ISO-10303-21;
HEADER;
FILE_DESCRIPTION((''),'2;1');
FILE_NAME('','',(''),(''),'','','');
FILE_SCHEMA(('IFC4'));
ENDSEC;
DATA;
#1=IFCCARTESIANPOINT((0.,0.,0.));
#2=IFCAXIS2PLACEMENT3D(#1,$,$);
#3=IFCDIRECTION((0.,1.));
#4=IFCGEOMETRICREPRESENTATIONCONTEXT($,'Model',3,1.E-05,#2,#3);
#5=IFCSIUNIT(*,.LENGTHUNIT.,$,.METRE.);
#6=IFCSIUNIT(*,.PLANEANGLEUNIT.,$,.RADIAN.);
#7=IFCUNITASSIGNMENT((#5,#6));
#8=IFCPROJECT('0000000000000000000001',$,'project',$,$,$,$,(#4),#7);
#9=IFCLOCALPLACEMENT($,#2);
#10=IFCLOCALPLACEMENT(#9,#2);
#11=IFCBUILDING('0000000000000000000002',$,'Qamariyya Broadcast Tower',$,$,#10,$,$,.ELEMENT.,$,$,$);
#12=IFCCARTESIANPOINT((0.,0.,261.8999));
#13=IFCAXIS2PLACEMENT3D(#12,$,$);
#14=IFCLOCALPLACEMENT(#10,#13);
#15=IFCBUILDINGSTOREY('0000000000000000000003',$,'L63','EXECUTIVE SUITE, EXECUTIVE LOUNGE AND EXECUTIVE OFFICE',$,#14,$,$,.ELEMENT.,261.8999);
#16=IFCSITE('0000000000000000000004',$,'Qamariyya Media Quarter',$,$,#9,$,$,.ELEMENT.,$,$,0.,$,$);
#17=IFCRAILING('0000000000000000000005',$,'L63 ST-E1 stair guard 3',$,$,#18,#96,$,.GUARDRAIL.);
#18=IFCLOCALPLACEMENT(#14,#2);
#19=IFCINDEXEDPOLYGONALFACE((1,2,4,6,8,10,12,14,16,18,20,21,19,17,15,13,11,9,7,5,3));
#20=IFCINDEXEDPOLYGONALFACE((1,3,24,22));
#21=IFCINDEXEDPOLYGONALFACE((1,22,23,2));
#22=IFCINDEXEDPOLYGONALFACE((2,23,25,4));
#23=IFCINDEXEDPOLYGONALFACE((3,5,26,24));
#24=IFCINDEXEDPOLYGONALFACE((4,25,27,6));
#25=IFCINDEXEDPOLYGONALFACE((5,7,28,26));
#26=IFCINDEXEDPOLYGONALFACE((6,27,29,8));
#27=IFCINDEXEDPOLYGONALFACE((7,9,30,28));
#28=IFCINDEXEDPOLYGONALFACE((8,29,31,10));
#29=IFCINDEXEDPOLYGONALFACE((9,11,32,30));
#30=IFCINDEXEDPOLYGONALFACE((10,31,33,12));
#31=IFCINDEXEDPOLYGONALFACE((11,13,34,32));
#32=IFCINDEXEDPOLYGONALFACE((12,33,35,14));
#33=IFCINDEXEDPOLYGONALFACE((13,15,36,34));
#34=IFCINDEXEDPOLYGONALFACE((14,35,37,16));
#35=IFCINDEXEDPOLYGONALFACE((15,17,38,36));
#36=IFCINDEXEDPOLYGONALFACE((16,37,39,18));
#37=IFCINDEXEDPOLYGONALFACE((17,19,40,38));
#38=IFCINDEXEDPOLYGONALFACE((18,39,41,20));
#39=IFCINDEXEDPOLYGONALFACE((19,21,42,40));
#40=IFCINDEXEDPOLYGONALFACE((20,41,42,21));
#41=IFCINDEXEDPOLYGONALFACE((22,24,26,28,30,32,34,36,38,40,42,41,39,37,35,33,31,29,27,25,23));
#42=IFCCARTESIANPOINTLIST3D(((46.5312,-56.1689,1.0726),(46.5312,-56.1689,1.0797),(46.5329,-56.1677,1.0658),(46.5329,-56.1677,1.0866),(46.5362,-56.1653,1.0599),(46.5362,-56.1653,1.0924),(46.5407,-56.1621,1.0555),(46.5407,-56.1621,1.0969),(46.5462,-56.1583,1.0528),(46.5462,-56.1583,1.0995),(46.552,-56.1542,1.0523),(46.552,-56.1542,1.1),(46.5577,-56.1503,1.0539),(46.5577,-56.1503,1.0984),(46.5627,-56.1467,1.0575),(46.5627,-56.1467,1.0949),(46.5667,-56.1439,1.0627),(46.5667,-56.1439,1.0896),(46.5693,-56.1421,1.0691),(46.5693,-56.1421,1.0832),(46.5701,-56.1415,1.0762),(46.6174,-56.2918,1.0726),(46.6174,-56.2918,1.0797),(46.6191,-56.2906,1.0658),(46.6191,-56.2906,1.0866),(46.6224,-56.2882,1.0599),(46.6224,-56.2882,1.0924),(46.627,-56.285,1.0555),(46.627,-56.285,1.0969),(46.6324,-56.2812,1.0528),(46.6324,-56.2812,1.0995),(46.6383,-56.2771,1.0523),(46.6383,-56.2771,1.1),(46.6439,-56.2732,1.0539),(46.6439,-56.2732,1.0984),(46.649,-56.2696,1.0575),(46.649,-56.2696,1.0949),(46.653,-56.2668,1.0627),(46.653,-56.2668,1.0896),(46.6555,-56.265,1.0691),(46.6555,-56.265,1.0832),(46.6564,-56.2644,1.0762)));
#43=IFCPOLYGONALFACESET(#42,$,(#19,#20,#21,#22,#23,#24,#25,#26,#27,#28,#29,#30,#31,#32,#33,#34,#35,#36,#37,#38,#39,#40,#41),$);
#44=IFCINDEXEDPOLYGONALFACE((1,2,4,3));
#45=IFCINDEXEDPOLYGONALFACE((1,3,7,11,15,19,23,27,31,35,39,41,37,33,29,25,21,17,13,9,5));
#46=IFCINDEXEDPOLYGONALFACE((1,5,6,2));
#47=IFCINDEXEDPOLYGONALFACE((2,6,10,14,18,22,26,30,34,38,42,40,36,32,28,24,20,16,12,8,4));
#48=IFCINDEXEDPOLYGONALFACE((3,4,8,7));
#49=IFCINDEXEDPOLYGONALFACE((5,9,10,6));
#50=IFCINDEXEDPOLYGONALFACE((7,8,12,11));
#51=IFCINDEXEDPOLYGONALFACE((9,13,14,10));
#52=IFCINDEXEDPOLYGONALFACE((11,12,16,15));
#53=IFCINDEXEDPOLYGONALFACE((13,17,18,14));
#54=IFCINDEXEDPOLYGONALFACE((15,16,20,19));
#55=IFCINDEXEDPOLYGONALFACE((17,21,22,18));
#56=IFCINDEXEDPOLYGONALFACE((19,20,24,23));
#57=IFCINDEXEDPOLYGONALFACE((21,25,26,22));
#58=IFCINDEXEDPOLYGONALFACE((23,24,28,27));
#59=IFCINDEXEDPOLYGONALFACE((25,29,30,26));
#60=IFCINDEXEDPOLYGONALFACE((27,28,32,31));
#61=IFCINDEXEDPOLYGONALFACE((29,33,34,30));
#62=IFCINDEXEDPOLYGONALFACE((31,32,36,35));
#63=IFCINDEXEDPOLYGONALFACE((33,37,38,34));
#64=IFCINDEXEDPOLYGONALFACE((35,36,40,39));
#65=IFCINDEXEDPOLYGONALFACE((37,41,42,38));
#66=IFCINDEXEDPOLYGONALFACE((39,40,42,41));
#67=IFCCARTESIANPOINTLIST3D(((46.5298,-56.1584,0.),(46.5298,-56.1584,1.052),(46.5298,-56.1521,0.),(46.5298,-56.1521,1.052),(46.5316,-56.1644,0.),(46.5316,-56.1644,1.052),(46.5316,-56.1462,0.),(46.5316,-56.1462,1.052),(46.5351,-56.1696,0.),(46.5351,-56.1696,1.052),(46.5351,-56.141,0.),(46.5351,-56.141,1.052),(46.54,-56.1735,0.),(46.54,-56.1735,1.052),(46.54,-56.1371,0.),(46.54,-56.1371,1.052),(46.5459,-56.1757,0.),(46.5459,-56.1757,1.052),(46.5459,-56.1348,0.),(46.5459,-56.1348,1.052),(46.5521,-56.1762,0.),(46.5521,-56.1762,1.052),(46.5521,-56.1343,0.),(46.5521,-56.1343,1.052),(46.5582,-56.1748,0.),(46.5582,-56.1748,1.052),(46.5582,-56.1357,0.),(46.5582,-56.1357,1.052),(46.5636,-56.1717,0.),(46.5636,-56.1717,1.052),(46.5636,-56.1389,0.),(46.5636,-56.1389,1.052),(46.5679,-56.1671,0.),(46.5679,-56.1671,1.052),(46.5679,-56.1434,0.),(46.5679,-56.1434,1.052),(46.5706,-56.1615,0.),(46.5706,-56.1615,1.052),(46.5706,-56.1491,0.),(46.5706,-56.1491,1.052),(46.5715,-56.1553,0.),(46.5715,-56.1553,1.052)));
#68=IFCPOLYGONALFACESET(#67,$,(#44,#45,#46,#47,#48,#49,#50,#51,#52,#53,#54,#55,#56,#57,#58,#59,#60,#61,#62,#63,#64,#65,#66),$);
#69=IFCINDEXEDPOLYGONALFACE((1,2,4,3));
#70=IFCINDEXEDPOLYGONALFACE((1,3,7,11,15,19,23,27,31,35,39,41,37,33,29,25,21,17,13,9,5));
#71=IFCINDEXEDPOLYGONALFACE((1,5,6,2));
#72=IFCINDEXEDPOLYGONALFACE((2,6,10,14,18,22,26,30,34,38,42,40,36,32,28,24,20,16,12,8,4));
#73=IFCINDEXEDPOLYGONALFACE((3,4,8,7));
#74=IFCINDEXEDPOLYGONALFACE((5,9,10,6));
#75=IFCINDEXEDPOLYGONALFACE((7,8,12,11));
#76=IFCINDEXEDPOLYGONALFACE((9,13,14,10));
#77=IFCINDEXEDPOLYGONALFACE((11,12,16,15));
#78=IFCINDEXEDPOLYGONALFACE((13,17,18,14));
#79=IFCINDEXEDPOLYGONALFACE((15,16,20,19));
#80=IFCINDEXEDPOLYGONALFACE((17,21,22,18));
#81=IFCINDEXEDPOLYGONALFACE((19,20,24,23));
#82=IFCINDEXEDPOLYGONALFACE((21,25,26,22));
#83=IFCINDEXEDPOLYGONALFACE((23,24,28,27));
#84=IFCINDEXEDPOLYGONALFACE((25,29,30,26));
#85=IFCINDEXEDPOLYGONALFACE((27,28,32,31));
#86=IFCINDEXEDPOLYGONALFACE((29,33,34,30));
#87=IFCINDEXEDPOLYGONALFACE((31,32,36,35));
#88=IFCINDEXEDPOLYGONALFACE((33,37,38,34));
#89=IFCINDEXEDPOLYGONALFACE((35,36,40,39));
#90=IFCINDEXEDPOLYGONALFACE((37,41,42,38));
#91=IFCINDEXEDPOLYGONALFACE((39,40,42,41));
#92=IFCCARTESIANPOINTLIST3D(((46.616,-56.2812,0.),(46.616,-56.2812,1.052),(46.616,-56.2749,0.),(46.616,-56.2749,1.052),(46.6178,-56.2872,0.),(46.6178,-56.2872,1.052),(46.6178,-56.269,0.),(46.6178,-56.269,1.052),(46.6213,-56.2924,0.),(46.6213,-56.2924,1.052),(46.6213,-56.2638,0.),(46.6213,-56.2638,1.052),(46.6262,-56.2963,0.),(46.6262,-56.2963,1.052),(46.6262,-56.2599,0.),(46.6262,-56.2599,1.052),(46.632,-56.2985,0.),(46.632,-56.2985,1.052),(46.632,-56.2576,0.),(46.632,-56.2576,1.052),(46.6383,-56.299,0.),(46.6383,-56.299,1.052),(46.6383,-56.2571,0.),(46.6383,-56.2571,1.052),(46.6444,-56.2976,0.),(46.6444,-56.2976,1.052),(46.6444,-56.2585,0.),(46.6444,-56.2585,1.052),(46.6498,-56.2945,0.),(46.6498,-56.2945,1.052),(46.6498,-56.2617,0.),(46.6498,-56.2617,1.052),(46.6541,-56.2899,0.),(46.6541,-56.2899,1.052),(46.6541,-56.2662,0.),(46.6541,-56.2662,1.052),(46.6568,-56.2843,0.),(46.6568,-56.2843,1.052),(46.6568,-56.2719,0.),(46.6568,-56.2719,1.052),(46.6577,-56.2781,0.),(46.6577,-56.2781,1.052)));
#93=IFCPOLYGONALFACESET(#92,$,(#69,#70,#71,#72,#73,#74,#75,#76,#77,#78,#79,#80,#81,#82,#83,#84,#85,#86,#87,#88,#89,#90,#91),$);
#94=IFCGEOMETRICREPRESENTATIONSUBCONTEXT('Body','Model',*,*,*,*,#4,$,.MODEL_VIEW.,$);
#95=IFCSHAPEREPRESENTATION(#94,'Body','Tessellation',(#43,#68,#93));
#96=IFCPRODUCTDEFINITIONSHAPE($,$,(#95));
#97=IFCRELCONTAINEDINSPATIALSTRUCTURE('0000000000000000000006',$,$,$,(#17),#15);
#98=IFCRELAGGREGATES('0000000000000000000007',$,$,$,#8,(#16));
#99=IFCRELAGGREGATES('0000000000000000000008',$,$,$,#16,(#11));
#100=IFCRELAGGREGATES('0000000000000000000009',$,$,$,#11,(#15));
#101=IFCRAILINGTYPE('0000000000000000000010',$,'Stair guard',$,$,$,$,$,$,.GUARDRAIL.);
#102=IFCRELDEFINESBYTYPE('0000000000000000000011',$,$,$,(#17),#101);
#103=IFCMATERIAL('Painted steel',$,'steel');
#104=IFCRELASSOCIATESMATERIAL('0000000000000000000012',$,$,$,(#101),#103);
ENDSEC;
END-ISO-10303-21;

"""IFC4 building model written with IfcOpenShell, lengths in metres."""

from ifc_helpers import new_model, si_unit, direction, frame, origin, origin_2d, place, context, subcontext, project, spatial, circle, extrude, material, type_object, element, save


model = new_model("IFC4")

# Units and contexts
model_context = context("Model", 3, precision=1e-05, world=origin(), true_north=direction((0.0, 1.0)))
body_context = subcontext(model_context, "Body", "Model", "MODEL_VIEW")
ifc_project = project(units=[si_unit("LENGTHUNIT", "METRE"), si_unit("PLANEANGLEUNIT", "RADIAN")], contexts=[model_context])

# Site, building, storey
site_placement = place(None, origin())
site = spatial("IfcSite", under=ifc_project, at=site_placement, Name="Qamariyya Media Quarter", CompositionType="ELEMENT", RefElevation=0.0)
building_placement = place(site_placement, origin())
building = spatial("IfcBuilding", under=site, at=building_placement, Name="Qamariyya Broadcast Tower", CompositionType="ELEMENT")
storey_placement = place(building_placement, frame((0.0, 0.0, 261.8999)))
storey = spatial("IfcBuildingStorey", under=building, at=storey_placement, Name="L63", Description="EXECUTIVE SUITE, EXECUTIVE LOUNGE AND EXECUTIVE OFFICE", CompositionType="ELEMENT", Elevation=261.8999)

# Railing
ifc_material_1 = material(Name="Painted steel", Category="steel")
railing_type_1 = type_object("IfcRailingType", Name="Stair guard", PredefinedType="GUARDRAIL", material=ifc_material_1)
railing_1_placement = place(storey_placement, frame((46.5505, -56.1553, 0.0)))
element("IfcRailing", 1, at=railing_1_placement, inside=storey, type_object=railing_type_1, Name="L63 ST-E1 stair guard 3", PredefinedType="GUARDRAIL", context=body_context, shape_type="SweptSolid", body=[
    extrude(circle(Radius=0.0239, at=origin_2d()), frame((0.0, 0.0, 1.0762), z_axis=(0.574445, -0.818543, 0.0), x_axis=(0.818543, 0.574445, 0.0)), (0.0, 0.0, 1.0), 0.1501),
    extrude(circle(Radius=0.021, at=origin_2d()), origin(), (0.0, 0.0, 1.0), 1.052),
    extrude(circle(Radius=0.021, at=origin_2d()), frame((0.0862, -0.1228, 0.0)), (0.0, 0.0, 1.0), 1.052),
])

save(model, "model.ifc")
